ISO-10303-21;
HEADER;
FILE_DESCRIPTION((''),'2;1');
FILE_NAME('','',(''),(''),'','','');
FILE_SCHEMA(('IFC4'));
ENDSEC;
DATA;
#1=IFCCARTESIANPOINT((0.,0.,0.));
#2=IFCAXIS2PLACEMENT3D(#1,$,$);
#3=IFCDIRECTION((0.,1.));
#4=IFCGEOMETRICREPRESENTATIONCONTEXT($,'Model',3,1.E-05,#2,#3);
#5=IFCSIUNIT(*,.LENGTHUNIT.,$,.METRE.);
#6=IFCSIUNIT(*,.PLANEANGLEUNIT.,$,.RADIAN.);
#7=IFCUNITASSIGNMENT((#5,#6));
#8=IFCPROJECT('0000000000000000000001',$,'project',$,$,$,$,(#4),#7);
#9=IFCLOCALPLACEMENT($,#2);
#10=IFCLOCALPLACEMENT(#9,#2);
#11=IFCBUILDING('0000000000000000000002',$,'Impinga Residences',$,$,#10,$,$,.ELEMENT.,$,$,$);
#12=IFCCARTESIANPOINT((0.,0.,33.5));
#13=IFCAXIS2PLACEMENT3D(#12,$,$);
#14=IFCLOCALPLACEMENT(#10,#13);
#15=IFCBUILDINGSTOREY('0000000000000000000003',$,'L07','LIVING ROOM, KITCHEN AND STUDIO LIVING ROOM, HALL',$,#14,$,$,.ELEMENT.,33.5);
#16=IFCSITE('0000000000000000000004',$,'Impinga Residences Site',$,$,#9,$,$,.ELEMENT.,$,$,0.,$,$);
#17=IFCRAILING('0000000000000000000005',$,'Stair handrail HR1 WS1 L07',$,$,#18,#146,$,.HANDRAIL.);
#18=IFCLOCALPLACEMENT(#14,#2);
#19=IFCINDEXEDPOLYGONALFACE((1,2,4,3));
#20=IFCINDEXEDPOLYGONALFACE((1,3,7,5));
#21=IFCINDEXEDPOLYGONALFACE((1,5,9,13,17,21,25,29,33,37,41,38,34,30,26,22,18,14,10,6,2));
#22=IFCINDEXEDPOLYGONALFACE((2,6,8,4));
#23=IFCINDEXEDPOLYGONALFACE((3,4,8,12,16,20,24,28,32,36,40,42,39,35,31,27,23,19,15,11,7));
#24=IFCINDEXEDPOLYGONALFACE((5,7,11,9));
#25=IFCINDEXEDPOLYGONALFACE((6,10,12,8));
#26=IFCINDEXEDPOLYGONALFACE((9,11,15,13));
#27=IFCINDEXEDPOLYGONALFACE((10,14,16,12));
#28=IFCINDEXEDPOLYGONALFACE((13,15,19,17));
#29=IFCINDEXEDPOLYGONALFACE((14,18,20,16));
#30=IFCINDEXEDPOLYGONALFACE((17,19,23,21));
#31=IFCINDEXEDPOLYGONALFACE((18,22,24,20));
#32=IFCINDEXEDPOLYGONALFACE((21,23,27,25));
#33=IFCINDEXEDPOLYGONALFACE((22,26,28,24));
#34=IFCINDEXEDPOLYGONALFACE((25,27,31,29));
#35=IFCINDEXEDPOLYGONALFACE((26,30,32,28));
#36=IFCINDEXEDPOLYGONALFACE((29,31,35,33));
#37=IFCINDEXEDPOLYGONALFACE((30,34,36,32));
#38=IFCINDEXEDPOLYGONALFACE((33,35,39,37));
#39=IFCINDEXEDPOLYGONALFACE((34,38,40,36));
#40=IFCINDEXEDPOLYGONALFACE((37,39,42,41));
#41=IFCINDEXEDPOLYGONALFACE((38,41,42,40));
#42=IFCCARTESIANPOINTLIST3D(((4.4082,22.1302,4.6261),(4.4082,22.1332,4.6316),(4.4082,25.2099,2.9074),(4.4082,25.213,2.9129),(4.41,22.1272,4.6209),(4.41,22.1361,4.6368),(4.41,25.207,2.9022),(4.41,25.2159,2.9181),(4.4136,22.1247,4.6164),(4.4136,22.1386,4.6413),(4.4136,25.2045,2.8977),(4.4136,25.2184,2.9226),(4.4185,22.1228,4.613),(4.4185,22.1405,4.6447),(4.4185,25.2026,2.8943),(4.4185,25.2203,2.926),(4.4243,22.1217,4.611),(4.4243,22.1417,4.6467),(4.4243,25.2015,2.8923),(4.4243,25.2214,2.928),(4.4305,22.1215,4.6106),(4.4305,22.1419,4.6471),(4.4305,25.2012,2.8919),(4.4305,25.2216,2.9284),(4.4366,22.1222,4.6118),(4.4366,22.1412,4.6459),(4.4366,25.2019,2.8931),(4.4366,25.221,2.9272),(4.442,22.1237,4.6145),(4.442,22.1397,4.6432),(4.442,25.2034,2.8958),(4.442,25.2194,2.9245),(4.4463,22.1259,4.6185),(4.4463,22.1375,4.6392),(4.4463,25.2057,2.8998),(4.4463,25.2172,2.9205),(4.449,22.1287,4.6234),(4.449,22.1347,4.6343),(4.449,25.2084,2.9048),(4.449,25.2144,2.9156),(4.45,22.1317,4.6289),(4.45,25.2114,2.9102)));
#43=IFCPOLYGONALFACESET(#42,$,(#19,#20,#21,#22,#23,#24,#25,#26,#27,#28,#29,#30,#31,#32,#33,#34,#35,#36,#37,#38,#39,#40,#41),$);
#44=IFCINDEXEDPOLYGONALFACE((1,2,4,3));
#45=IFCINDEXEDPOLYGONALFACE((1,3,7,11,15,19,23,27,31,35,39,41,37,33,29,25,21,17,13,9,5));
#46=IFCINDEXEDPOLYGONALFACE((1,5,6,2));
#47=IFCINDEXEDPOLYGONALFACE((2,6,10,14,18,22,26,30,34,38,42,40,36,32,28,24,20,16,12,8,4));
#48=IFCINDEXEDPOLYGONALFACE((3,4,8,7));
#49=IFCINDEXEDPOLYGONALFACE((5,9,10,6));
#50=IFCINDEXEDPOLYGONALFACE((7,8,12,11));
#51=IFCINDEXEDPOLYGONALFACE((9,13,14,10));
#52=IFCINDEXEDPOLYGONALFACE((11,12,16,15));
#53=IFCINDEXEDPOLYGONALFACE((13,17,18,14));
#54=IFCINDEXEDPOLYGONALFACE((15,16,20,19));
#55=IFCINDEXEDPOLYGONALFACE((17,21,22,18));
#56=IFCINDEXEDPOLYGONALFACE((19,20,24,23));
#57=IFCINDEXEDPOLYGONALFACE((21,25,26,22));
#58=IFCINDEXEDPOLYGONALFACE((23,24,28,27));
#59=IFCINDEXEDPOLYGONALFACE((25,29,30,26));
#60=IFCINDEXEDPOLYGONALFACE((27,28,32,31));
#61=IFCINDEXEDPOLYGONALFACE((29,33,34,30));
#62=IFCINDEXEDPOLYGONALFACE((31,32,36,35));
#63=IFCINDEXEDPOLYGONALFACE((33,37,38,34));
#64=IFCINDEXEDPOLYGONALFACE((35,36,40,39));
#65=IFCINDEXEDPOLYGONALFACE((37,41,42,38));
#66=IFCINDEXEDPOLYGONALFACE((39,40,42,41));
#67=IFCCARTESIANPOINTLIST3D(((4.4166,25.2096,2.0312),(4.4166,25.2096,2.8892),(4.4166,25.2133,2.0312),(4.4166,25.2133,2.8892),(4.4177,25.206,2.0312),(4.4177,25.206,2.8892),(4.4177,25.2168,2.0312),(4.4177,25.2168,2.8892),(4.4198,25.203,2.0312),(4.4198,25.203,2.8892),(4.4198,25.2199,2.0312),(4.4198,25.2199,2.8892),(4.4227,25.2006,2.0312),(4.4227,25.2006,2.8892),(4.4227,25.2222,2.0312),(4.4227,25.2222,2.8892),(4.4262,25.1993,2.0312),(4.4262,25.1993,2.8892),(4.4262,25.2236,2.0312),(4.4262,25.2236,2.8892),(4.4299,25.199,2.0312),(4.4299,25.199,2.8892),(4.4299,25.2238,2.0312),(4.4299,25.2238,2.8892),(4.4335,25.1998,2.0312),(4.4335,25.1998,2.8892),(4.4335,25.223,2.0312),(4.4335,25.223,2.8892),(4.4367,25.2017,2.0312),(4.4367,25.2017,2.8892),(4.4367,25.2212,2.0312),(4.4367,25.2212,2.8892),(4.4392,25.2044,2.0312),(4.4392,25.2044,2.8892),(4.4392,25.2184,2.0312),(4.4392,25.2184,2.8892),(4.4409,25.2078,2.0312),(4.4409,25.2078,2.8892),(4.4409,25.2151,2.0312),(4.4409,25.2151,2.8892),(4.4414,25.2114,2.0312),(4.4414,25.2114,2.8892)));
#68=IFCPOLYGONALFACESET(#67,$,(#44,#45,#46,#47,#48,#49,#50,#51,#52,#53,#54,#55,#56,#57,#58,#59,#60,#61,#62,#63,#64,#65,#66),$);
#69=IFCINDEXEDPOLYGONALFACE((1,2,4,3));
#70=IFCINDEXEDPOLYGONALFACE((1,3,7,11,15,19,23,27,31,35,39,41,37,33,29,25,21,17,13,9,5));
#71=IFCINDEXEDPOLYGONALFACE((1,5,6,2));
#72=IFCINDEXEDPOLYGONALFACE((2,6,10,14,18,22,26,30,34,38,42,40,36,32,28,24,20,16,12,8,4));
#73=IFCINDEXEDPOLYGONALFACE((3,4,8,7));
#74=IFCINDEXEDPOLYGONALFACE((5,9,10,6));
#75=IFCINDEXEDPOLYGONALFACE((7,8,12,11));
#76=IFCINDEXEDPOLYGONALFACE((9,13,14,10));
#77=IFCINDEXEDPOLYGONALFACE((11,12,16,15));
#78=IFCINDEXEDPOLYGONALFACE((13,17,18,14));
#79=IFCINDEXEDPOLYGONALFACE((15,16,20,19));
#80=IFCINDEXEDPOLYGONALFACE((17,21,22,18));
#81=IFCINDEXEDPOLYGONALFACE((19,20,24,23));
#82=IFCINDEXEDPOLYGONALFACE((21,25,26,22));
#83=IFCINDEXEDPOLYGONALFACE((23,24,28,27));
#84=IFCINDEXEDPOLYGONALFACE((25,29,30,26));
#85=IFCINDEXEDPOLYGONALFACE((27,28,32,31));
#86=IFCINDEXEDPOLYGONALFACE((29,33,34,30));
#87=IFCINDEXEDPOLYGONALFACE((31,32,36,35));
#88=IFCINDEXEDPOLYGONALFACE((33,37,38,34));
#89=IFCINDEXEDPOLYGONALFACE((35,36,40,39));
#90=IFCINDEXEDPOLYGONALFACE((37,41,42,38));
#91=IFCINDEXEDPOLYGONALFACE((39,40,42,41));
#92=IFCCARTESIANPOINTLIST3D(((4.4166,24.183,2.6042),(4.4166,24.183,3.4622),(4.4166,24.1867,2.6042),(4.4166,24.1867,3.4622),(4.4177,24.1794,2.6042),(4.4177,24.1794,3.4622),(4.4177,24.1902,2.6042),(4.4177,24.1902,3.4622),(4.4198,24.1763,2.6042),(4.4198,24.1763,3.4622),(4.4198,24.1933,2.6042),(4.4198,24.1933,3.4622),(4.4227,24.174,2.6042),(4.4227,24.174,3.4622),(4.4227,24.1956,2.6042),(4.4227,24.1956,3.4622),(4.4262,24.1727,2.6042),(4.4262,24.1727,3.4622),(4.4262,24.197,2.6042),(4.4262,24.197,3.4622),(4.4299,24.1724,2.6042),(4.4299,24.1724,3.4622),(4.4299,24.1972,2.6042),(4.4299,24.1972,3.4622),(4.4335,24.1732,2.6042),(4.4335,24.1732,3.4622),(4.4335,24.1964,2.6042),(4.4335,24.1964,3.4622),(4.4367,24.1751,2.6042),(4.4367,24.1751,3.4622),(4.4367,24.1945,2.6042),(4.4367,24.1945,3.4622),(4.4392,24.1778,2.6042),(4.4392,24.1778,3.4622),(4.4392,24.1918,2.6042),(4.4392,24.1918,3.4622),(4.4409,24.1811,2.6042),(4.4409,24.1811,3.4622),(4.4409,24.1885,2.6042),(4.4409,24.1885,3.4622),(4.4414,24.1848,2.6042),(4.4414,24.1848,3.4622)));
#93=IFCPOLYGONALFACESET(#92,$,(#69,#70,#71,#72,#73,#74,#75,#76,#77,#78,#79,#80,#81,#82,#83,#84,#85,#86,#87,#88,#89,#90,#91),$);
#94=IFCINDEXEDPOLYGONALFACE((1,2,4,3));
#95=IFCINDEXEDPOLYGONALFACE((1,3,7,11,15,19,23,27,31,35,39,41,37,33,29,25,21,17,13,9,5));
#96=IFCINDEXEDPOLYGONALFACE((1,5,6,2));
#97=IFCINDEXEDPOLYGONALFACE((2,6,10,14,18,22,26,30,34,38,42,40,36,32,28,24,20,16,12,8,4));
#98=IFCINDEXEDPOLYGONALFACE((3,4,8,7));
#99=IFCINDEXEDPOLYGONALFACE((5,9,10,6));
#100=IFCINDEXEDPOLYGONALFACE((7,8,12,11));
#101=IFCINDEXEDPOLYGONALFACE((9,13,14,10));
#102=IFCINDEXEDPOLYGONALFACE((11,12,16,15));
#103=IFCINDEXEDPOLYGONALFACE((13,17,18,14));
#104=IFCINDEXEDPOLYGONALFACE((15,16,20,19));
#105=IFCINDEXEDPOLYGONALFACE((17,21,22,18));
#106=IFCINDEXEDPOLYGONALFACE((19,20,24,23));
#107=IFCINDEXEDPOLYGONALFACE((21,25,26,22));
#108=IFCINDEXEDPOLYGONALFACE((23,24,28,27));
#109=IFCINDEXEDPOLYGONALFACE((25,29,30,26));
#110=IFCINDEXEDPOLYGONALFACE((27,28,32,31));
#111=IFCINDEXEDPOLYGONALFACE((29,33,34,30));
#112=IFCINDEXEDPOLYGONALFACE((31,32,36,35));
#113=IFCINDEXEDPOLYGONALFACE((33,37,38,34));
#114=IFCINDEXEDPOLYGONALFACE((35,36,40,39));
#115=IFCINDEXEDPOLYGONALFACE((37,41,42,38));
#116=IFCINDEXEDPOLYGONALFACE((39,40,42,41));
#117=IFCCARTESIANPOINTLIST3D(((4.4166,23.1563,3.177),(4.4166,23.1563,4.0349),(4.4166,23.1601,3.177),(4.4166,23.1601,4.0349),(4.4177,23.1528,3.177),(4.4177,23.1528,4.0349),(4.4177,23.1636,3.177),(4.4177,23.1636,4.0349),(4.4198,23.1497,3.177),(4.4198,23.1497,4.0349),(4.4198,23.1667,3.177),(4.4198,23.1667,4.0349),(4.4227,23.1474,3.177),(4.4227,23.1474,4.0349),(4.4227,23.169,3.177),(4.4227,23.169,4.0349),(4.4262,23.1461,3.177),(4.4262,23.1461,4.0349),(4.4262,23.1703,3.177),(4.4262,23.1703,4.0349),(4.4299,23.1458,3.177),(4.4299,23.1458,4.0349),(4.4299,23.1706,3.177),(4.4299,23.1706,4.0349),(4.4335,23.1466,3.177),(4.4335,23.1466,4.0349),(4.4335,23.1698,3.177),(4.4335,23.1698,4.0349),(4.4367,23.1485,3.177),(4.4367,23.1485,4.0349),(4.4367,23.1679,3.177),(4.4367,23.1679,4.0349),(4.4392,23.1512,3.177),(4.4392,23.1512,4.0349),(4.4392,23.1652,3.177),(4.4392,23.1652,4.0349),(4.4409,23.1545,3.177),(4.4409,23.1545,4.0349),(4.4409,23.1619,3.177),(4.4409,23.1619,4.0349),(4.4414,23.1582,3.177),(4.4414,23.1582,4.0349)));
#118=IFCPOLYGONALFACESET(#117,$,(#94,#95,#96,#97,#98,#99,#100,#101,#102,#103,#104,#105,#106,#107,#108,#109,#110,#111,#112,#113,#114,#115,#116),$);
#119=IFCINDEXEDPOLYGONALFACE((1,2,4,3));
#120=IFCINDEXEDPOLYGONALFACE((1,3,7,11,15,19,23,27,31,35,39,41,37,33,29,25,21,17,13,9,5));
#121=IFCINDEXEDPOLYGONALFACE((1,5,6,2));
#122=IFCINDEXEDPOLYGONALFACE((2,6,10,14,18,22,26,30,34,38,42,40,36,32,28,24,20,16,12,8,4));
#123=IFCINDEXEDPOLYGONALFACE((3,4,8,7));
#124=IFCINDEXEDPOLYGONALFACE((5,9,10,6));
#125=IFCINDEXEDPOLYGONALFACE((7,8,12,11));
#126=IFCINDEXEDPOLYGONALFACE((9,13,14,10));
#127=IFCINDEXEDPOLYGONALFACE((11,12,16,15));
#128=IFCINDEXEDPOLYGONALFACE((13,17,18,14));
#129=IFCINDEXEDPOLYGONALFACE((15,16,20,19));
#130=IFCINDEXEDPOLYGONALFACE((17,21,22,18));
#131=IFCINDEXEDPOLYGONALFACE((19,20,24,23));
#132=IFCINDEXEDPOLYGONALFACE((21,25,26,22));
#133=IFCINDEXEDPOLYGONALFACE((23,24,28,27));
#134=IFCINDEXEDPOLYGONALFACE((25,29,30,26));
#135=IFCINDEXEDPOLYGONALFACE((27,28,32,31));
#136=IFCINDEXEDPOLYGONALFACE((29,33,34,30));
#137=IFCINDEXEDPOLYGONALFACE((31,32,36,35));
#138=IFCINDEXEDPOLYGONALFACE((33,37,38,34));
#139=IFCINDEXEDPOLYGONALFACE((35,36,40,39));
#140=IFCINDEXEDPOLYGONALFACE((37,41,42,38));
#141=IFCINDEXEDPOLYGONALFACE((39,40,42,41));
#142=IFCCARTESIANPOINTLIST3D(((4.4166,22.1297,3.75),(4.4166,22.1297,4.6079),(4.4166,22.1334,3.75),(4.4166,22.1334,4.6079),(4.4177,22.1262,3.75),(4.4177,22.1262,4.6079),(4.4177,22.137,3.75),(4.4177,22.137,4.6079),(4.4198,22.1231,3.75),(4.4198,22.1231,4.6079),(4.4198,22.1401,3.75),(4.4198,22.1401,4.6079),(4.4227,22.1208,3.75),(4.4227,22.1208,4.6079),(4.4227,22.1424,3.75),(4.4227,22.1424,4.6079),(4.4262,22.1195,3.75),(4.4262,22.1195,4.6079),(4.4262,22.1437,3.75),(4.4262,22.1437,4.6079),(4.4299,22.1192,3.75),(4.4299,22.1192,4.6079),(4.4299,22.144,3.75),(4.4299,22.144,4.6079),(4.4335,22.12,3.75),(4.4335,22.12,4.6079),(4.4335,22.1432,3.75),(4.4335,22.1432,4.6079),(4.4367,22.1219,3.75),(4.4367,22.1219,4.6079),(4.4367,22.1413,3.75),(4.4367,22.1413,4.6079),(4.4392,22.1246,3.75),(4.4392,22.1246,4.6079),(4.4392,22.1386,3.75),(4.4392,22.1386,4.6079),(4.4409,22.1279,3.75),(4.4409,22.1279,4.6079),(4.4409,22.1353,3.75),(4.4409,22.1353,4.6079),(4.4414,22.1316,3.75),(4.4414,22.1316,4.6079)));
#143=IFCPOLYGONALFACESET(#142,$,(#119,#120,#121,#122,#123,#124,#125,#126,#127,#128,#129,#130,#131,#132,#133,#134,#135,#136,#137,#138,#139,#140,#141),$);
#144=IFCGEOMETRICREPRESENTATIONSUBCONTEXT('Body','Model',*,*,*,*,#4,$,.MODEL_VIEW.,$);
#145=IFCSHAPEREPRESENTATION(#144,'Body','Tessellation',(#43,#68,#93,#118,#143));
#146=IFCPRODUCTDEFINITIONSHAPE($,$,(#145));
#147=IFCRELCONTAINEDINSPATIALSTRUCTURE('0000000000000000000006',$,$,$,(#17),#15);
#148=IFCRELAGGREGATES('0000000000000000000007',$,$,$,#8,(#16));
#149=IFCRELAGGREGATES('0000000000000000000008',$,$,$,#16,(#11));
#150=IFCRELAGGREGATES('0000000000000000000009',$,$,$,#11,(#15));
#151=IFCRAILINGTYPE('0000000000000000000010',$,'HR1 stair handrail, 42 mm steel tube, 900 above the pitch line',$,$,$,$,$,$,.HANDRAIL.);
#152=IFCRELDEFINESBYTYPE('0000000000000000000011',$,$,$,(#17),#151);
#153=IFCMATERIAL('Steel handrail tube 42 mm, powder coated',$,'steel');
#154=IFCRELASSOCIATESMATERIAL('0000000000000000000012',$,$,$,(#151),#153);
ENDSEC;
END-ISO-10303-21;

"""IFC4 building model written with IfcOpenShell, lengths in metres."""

from ifc_helpers import new_model, si_unit, direction, frame, origin, origin_2d, place, context, subcontext, project, spatial, circle, extrude, material, type_object, element, save


model = new_model("IFC4")

# Units and contexts
model_context = context("Model", 3, precision=1e-05, world=origin(), true_north=direction((0.0, 1.0)))
body_context = subcontext(model_context, "Body", "Model", "MODEL_VIEW")
ifc_project = project(units=[si_unit("LENGTHUNIT", "METRE"), si_unit("PLANEANGLEUNIT", "RADIAN")], contexts=[model_context])

# Site, building, storey
site_placement = place(None, origin())
site = spatial("IfcSite", under=ifc_project, at=site_placement, Name="Impinga Residences Site", CompositionType="ELEMENT", RefElevation=0.0)
building_placement = place(site_placement, origin())
building = spatial("IfcBuilding", under=site, at=building_placement, Name="Impinga Residences", CompositionType="ELEMENT")
storey_placement = place(building_placement, frame((0.0, 0.0, 33.5)))
storey = spatial("IfcBuildingStorey", under=building, at=storey_placement, Name="L07", Description="LIVING ROOM, KITCHEN AND STUDIO LIVING ROOM, HALL", CompositionType="ELEMENT", Elevation=33.5)

# Railing
ifc_material_1 = material(Name="Steel handrail tube 42 mm, powder coated", Category="steel")
railing_type_1 = type_object("IfcRailingType", Name="HR1 stair handrail, 42 mm steel tube, 900 above the pitch line", PredefinedType="HANDRAIL", material=ifc_material_1)
railing_1_placement = place(storey_placement, frame((4.429, 25.2114, 2.0312)))
element("IfcRailing", 1, at=railing_1_placement, inside=storey, type_object=railing_type_1, Name="Stair handrail HR1 WS1 L07", PredefinedType="HANDRAIL", context=body_context, shape_type="SweptSolid", body=[
    extrude(circle(Radius=0.021, at=origin_2d()), frame((0.0, 0.0, 0.8789), z_axis=(0.0, -0.873225, 0.487317), x_axis=(1.0, 0.0, 0.0)), (0.0, 0.0, 1.0), 3.5269),
    extrude(circle(Radius=0.0125, at=origin_2d()), origin(), (0.0, 0.0, 1.0), 0.8579),
    extrude(circle(Radius=0.0125, at=origin_2d()), frame((0.0, -1.0266, 0.573)), (0.0, 0.0, 1.0), 0.8579),
    extrude(circle(Radius=0.0125, at=origin_2d()), frame((0.0, -2.0532, 1.1458)), (0.0, 0.0, 1.0), 0.8579),
    extrude(circle(Radius=0.0125, at=origin_2d()), frame((0.0, -3.0798, 1.7188)), (0.0, 0.0, 1.0), 0.8579),
])

save(model, "model.ifc")
